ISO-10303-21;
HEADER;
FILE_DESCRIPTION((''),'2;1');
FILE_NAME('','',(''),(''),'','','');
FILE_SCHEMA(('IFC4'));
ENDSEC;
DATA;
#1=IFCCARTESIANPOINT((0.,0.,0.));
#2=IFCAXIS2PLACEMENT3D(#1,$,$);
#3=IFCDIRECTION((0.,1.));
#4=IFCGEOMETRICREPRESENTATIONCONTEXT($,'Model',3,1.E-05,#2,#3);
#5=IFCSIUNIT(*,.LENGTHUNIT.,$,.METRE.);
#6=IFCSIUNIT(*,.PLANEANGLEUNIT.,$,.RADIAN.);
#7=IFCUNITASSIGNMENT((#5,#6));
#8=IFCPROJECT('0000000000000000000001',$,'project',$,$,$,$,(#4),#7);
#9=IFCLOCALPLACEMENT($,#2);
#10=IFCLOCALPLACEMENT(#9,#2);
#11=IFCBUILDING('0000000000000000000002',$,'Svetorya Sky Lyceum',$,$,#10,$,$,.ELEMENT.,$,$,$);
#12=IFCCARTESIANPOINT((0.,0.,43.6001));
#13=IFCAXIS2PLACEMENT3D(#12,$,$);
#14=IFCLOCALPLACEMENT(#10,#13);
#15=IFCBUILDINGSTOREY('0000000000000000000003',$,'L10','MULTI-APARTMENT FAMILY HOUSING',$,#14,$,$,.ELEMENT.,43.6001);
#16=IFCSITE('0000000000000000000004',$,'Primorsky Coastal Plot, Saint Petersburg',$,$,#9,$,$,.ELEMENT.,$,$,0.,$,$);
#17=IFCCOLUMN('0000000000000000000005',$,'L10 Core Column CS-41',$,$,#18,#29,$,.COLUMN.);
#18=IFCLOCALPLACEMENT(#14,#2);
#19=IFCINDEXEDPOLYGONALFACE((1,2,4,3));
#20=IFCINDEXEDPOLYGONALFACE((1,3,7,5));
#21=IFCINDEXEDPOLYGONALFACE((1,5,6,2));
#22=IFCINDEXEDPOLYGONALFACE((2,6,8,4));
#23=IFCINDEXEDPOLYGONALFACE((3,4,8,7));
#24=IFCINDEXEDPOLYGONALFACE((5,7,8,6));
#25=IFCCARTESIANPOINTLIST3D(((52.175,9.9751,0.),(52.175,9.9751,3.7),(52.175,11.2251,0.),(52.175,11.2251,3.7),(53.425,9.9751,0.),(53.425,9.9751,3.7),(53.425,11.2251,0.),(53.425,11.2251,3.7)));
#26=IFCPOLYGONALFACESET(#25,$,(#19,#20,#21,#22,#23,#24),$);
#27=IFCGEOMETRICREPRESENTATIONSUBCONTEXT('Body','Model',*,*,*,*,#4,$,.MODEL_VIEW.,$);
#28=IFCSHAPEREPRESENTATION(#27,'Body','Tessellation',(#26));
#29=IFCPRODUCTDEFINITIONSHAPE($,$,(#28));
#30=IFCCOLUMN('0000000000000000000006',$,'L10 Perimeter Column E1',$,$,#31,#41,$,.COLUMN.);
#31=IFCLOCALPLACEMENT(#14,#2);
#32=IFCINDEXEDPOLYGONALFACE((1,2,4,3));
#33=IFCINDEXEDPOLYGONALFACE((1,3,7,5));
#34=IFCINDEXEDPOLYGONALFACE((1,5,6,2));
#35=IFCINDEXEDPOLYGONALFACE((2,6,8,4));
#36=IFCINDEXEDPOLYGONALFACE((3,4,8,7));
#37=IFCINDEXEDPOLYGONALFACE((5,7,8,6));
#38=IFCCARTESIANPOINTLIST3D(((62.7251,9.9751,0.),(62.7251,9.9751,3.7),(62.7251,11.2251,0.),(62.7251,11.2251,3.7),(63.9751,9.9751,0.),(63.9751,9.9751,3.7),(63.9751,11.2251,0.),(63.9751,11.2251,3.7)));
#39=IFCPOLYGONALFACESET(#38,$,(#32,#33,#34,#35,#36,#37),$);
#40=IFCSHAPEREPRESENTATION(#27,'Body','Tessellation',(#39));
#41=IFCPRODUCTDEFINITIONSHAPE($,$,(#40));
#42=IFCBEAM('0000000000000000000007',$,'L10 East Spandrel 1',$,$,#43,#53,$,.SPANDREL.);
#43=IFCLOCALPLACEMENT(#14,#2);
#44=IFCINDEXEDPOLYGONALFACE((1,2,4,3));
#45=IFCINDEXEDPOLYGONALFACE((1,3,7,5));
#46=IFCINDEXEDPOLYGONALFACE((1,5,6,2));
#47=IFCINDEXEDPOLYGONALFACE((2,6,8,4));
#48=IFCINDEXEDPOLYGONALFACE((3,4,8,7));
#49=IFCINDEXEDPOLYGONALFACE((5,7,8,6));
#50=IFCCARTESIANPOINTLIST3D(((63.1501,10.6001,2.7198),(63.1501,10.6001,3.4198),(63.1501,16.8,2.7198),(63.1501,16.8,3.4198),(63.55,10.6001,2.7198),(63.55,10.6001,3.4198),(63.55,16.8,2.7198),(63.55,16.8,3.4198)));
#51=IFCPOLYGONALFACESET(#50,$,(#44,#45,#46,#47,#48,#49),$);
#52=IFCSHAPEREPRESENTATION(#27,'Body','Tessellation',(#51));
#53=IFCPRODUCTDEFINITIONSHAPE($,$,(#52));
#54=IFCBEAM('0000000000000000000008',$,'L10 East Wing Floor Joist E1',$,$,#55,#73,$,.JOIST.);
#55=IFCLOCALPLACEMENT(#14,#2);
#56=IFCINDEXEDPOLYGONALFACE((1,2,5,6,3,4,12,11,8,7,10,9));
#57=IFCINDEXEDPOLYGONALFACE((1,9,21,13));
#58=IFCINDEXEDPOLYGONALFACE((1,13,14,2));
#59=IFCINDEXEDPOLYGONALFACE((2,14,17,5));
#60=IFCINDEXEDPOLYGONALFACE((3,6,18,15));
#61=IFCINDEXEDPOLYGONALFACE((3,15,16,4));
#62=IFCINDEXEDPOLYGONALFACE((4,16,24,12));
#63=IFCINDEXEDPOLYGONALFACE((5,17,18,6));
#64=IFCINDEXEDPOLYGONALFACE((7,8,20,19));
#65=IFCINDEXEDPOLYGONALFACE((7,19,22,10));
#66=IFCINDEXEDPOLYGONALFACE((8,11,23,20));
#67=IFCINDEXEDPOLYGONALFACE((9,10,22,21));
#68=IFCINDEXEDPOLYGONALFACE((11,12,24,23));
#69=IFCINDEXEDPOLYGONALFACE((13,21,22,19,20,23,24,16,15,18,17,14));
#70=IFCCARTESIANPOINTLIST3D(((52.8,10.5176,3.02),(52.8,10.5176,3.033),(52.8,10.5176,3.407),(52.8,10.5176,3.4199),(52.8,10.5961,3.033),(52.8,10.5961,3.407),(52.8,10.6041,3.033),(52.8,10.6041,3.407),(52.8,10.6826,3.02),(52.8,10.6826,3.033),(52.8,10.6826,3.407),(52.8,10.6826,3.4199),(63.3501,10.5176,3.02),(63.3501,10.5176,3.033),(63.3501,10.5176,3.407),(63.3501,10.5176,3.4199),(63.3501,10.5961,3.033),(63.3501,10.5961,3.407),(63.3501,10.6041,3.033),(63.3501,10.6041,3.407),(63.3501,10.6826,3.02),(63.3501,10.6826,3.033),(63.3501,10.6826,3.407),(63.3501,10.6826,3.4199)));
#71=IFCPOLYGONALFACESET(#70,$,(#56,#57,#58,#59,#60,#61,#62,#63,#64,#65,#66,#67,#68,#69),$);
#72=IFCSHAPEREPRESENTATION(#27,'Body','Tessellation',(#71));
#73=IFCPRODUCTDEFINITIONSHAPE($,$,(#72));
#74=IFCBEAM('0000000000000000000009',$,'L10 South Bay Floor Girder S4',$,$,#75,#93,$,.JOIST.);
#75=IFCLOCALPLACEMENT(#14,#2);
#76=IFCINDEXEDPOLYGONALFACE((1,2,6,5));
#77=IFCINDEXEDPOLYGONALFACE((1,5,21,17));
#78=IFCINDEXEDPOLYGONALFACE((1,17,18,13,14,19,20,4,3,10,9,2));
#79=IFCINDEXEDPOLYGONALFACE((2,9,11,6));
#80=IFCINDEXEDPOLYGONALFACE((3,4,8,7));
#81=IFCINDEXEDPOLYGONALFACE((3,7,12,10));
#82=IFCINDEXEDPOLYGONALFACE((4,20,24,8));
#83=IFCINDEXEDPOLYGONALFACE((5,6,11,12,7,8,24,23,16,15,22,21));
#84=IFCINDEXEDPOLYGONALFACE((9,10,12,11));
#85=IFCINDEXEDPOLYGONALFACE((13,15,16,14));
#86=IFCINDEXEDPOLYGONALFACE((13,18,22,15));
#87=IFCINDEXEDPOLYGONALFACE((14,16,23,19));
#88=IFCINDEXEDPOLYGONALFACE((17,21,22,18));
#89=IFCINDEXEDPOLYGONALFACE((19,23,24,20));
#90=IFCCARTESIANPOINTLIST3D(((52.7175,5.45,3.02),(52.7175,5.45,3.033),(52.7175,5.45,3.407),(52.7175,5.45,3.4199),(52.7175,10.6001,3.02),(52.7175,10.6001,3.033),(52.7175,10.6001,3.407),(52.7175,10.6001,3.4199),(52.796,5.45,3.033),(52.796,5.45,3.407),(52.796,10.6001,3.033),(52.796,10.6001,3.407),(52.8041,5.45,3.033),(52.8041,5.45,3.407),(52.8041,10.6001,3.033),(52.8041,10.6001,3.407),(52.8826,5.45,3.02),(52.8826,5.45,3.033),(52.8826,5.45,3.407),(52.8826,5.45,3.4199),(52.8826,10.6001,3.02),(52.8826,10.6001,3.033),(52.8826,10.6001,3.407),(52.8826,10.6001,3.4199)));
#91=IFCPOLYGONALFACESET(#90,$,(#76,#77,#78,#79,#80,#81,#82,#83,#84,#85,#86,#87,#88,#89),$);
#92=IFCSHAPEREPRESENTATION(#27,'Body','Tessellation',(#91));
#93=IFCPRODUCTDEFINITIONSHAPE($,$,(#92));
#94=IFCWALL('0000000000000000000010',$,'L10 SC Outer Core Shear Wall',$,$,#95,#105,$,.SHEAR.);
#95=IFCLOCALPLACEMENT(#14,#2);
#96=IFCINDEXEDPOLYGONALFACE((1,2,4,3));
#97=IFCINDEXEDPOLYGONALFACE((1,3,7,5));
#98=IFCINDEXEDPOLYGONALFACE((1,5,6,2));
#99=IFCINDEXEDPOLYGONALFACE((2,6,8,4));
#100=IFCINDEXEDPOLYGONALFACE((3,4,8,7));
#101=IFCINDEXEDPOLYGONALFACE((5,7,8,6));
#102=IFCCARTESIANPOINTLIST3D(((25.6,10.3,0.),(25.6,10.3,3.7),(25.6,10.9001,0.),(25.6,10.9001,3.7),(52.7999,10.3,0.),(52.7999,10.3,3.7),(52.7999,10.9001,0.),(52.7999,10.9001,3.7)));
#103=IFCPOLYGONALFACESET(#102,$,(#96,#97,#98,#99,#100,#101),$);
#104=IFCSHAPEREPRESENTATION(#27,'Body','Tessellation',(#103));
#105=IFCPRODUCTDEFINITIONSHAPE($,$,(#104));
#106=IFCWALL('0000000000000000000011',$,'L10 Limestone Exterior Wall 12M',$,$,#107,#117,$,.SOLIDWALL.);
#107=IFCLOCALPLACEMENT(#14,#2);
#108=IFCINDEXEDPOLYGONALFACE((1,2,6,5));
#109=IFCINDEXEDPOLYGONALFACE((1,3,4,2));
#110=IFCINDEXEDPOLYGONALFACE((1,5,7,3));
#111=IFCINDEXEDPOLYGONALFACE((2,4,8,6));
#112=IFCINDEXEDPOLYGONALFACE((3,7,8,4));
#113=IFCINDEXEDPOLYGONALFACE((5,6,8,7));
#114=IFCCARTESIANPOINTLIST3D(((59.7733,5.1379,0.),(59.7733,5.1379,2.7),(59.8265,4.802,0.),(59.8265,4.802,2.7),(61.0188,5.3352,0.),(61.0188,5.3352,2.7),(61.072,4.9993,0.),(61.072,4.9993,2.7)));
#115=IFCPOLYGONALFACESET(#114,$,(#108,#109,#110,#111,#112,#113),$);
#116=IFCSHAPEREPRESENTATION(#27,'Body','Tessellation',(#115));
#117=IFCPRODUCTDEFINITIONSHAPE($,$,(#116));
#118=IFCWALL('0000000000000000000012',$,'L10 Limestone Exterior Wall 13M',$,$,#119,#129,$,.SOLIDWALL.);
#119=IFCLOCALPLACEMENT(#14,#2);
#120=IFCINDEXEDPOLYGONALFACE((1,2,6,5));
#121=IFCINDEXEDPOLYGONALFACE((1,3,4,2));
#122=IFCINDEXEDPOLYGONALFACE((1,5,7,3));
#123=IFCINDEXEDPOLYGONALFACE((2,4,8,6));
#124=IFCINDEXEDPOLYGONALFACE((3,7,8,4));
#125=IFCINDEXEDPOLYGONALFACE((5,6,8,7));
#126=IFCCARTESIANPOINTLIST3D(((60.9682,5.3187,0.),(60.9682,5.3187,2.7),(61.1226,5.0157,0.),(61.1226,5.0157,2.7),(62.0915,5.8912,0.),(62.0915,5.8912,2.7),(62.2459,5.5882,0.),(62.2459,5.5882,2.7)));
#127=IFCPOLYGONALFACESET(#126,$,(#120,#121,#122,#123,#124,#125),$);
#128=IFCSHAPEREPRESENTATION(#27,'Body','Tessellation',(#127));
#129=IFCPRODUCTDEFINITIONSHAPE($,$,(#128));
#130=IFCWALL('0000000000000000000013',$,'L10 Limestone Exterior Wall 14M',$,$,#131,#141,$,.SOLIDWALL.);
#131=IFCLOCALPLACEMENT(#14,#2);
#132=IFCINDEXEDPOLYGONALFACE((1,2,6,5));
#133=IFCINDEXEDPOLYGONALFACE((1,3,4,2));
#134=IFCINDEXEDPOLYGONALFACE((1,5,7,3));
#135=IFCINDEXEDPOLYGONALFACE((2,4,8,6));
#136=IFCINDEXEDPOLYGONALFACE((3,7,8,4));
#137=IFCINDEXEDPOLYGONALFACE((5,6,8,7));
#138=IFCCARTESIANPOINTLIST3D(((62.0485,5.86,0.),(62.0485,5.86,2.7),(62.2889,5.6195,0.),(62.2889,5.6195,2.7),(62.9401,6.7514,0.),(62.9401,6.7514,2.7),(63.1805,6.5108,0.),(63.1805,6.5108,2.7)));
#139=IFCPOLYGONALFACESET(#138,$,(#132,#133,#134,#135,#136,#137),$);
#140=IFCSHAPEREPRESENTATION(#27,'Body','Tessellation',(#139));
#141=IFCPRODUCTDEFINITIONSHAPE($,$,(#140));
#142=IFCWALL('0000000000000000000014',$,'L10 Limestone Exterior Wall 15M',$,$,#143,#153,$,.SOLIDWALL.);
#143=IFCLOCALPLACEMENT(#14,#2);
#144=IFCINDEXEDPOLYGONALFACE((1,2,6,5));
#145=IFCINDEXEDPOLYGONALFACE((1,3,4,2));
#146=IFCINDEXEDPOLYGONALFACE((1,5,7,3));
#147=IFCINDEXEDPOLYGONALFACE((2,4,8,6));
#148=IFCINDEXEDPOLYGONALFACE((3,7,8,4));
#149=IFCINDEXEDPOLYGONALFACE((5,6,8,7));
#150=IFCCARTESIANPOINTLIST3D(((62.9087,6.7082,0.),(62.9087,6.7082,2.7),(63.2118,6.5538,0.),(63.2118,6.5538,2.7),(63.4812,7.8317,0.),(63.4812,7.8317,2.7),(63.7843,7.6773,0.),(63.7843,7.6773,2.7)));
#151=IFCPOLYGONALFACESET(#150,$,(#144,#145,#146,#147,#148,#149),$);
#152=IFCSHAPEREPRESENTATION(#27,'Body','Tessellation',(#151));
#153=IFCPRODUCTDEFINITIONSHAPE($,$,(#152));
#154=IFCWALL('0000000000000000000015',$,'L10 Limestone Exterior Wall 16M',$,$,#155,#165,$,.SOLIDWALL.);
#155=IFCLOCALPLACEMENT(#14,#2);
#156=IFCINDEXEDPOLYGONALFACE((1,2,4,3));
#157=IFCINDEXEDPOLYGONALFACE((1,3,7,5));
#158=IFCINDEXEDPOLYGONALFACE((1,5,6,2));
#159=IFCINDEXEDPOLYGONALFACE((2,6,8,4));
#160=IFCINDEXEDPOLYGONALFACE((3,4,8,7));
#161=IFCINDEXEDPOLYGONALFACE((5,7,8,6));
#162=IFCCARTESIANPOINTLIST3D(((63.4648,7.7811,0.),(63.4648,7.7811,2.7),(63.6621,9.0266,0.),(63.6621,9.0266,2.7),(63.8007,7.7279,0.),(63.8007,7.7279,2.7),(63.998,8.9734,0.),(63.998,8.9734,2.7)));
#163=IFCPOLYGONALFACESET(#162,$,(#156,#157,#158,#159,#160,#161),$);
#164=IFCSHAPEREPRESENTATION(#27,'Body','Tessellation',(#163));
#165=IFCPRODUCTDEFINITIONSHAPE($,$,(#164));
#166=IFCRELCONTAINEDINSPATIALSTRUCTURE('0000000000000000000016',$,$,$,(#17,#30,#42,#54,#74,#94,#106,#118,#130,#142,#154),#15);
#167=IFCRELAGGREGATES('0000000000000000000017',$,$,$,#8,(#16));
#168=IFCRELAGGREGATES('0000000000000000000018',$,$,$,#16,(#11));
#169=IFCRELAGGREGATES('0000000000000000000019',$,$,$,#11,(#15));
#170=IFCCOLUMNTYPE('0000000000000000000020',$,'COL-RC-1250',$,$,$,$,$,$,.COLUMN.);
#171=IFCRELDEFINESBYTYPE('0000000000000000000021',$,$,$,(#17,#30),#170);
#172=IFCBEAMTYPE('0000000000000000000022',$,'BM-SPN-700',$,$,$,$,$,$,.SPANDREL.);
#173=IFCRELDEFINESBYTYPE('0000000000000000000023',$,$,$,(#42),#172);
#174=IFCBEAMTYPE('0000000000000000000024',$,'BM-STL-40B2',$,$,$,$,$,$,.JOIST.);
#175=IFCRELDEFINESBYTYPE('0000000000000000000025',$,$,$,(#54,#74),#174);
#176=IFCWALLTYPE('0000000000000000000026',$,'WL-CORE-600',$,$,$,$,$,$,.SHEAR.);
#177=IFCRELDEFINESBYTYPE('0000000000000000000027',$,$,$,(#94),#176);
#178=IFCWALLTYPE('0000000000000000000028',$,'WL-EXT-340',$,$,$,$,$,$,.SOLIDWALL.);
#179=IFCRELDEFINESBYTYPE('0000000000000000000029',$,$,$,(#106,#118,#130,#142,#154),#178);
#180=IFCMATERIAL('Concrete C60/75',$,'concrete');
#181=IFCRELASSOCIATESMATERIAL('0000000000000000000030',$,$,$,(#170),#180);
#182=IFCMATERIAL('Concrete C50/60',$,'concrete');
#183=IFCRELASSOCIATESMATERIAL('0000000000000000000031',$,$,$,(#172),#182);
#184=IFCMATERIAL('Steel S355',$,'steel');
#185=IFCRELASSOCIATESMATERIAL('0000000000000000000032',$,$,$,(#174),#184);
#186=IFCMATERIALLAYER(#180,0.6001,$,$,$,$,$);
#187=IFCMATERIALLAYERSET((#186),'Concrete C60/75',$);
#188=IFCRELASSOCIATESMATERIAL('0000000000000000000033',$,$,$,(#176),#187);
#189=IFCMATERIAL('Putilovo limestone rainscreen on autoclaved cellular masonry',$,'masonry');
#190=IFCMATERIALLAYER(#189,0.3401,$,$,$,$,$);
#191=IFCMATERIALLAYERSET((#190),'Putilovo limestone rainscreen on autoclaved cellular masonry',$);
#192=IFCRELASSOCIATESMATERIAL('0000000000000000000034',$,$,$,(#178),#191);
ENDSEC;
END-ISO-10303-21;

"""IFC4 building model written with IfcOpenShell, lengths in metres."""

from ifc_helpers import new_model, si_unit, direction, frame, frame_2d, origin, origin_2d, place, context, subcontext, project, spatial, rectangle, i_section, extrude, material, layer, layer_set, material_profile, profile_set, type_object, element, save


model = new_model("IFC4")

# Units and contexts
model_context = context("Model", 3, precision=1e-05, world=origin(), true_north=direction((0.0, 1.0)))
body_context = subcontext(model_context, "Body", "Model", "MODEL_VIEW")
ifc_project = project(units=[si_unit("LENGTHUNIT", "METRE"), si_unit("PLANEANGLEUNIT", "RADIAN")], contexts=[model_context])

# Site, building, storey
site_placement = place(None, origin())
site = spatial("IfcSite", under=ifc_project, at=site_placement, Name="Primorsky Coastal Plot, Saint Petersburg", CompositionType="ELEMENT", RefElevation=0.0)
building_placement = place(site_placement, origin())
building = spatial("IfcBuilding", under=site, at=building_placement, Name="Svetorya Sky Lyceum", CompositionType="ELEMENT")
storey_placement = place(building_placement, frame((0.0, 0.0, 43.6001)))
storey = spatial("IfcBuildingStorey", under=building, at=storey_placement, Name="L10", Description="MULTI-APARTMENT FAMILY HOUSING", CompositionType="ELEMENT", Elevation=43.6001)

# Columns
ifc_material_1 = material(Name="Concrete C60/75", Category="concrete")
ifc_material_profile_1 = material_profile(ifc_material_1, rectangle(XDim=1.25, YDim=1.25, at=origin_2d()), Name="RC COL 1250x1250")
ifc_profile_set_1 = profile_set([ifc_material_profile_1], Name="Concrete C60/75")
column_type = type_object("IfcColumnType", Name="COL-RC-1250", PredefinedType="COLUMN", material=ifc_profile_set_1)
for number, where, z_axis, x_axis, name in (
    (1, (52.8, 10.6001, 0.0), (0.0, 0.0, 1.0), (1.0, 0.0, 0.0), "L10 Core Column CS-41"),
    (2, (63.3501, 10.6001, 0.0), (0.0, 0.0, 1.0), (1.0, 0.0, 0.0), "L10 Perimeter Column E1"),
):
    element("IfcColumn", number, at=place(storey_placement, frame(where, z_axis=z_axis, x_axis=x_axis)), inside=storey, type_object=column_type, Name=name, PredefinedType="COLUMN", context=body_context, shape_type="SweptSolid", body=[
        extrude(rectangle(XDim=1.25, YDim=1.25, at=origin_2d()), origin(), (0.0, 0.0, 1.0), 3.7),
    ])

# Beams
ifc_material_2 = material(Name="Concrete C50/60", Category="concrete")
ifc_material_profile_2 = material_profile(ifc_material_2, rectangle(XDim=0.3999, YDim=0.7, at=origin_2d()), Name="RC SPANDREL 400x700")
ifc_profile_set_2 = profile_set([ifc_material_profile_2], Name="Concrete C50/60")
beam_type_1 = type_object("IfcBeamType", Name="BM-SPN-700", PredefinedType="SPANDREL", material=ifc_profile_set_2)
beam_1_placement = place(storey_placement, frame((63.3501, 10.6001, 3.0698), z_axis=(0.0, 1.0, 0.0), x_axis=(-1.0, 0.0, 0.0)))
element("IfcBeam", 3, at=beam_1_placement, inside=storey, type_object=beam_type_1, Name="L10 East Spandrel 1", PredefinedType="SPANDREL", context=body_context, shape_type="SweptSolid", body=[
    extrude(rectangle(XDim=0.3999, YDim=0.7, at=origin_2d()), origin(), (0.0, 0.0, 1.0), 6.2),
])
ifc_material_3 = material(Name="Steel S355", Category="steel")
ifc_material_profile_3 = material_profile(ifc_material_3, i_section(OverallWidth=0.165, OverallDepth=0.3999, WebThickness=0.0081, FlangeThickness=0.0129, at=origin_2d()), Name="GOST 40B2")
ifc_profile_set_3 = profile_set([ifc_material_profile_3], Name="Steel S355")
beam_type_2 = type_object("IfcBeamType", Name="BM-STL-40B2", PredefinedType="JOIST", material=ifc_profile_set_3)
beam_2_placement = place(storey_placement, frame((52.8, 10.6001, 3.22), z_axis=(1.0, 0.0, 0.0), x_axis=(0.0, 1.0, 0.0)))
element("IfcBeam", 4, at=beam_2_placement, inside=storey, type_object=beam_type_2, Name="L10 East Wing Floor Joist E1", PredefinedType="JOIST", context=body_context, shape_type="SweptSolid", body=[
    extrude(i_section(OverallWidth=0.165, OverallDepth=0.3999, WebThickness=0.0081, FlangeThickness=0.0129, at=origin_2d()), origin(), (0.0, 0.0, 1.0), 10.55),
])
beam_3_placement = place(storey_placement, frame((52.8, 5.45, 3.22), z_axis=(0.0, 1.0, 0.0), x_axis=(-1.0, 0.0, 0.0)))
element("IfcBeam", 5, at=beam_3_placement, inside=storey, type_object=beam_type_2, Name="L10 South Bay Floor Girder S4", PredefinedType="JOIST", context=body_context, shape_type="SweptSolid", body=[
    extrude(i_section(OverallWidth=0.165, OverallDepth=0.3999, WebThickness=0.0081, FlangeThickness=0.0129, at=origin_2d()), origin(), (0.0, 0.0, 1.0), 5.1501),
])

# Walls
ifc_layer_1 = layer(ifc_material_1, 0.6001)
ifc_layer_set_1 = layer_set([ifc_layer_1], Name="Concrete C60/75")
wall_type_1 = type_object("IfcWallType", Name="WL-CORE-600", PredefinedType="SHEAR", material=ifc_layer_set_1)
wall_1_placement = place(storey_placement, frame((52.8, 10.6001, 0.0), z_axis=(0.0, 0.0, 1.0), x_axis=(-1.0, 0.0, 0.0)))
element("IfcWall", 6, at=wall_1_placement, inside=storey, type_object=wall_type_1, Name="L10 SC Outer Core Shear Wall", PredefinedType="SHEAR", context=body_context, shape_type="SweptSolid", body=[
    extrude(rectangle(XDim=27.2, YDim=0.6001, at=frame_2d((13.6001, 0.0))), origin(), (0.0, 0.0, 1.0), 3.7),
])
ifc_material_4 = material(Name="Putilovo limestone rainscreen on autoclaved cellular masonry", Category="masonry")
ifc_layer_2 = layer(ifc_material_4, 0.3401)
ifc_layer_set_2 = layer_set([ifc_layer_2], Name="Putilovo limestone rainscreen on autoclaved cellular masonry")
wall_type_2 = type_object("IfcWallType", Name="WL-EXT-340", PredefinedType="SOLIDWALL", material=ifc_layer_set_2)
wall_2_placement = place(storey_placement, frame((59.8, 4.97, 0.0), z_axis=(0.0, 0.0, 1.0), x_axis=(0.987686, 0.15645, 0.0)))
element("IfcWall", 7, at=wall_2_placement, inside=storey, type_object=wall_type_2, Name="L10 Limestone Exterior Wall 12M", PredefinedType="SOLIDWALL", context=body_context, shape_type="SweptSolid", body=[
    extrude(rectangle(XDim=1.261, YDim=0.3401, at=frame_2d((0.6304, 0.0))), origin(), (0.0, 0.0, 1.0), 2.7),
])
for number, where, z_axis, x_axis, name in (
    (8, (61.0454, 5.1672, 0.0), (0.0, 0.0, 1.0), (0.890954, 0.454094, 0.0), "L10 Limestone Exterior Wall 13M"),
    (9, (62.1687, 5.7397, 0.0), (0.0, 0.0, 1.0), (0.707204, 0.70701, 0.0), "L10 Limestone Exterior Wall 14M"),
):
    element("IfcWall", number, at=place(storey_placement, frame(where, z_axis=z_axis, x_axis=x_axis)), inside=storey, type_object=wall_type_2, Name=name, PredefinedType="SOLIDWALL", context=body_context, shape_type="SweptSolid", body=[
        extrude(rectangle(XDim=1.2607, YDim=0.3401, at=frame_2d((0.6304, 0.0))), origin(), (0.0, 0.0, 1.0), 2.7),
    ])
for number, where, z_axis, x_axis, name in (
    (10, (63.0603, 6.6311, 0.0), (0.0, 0.0, 1.0), (0.454016, 0.890994, 0.0), "L10 Limestone Exterior Wall 15M"),
    (11, (63.6328, 7.7546, 0.0), (0.0, 0.0, 1.0), (0.15645, 0.987686, 0.0), "L10 Limestone Exterior Wall 16M"),
):
    element("IfcWall", number, at=place(storey_placement, frame(where, z_axis=z_axis, x_axis=x_axis)), inside=storey, type_object=wall_type_2, Name=name, PredefinedType="SOLIDWALL", context=body_context, shape_type="SweptSolid", body=[
        extrude(rectangle(XDim=1.261, YDim=0.3401, at=frame_2d((0.6304, 0.0))), origin(), (0.0, 0.0, 1.0), 2.7),
    ])

save(model, "model.ifc")
